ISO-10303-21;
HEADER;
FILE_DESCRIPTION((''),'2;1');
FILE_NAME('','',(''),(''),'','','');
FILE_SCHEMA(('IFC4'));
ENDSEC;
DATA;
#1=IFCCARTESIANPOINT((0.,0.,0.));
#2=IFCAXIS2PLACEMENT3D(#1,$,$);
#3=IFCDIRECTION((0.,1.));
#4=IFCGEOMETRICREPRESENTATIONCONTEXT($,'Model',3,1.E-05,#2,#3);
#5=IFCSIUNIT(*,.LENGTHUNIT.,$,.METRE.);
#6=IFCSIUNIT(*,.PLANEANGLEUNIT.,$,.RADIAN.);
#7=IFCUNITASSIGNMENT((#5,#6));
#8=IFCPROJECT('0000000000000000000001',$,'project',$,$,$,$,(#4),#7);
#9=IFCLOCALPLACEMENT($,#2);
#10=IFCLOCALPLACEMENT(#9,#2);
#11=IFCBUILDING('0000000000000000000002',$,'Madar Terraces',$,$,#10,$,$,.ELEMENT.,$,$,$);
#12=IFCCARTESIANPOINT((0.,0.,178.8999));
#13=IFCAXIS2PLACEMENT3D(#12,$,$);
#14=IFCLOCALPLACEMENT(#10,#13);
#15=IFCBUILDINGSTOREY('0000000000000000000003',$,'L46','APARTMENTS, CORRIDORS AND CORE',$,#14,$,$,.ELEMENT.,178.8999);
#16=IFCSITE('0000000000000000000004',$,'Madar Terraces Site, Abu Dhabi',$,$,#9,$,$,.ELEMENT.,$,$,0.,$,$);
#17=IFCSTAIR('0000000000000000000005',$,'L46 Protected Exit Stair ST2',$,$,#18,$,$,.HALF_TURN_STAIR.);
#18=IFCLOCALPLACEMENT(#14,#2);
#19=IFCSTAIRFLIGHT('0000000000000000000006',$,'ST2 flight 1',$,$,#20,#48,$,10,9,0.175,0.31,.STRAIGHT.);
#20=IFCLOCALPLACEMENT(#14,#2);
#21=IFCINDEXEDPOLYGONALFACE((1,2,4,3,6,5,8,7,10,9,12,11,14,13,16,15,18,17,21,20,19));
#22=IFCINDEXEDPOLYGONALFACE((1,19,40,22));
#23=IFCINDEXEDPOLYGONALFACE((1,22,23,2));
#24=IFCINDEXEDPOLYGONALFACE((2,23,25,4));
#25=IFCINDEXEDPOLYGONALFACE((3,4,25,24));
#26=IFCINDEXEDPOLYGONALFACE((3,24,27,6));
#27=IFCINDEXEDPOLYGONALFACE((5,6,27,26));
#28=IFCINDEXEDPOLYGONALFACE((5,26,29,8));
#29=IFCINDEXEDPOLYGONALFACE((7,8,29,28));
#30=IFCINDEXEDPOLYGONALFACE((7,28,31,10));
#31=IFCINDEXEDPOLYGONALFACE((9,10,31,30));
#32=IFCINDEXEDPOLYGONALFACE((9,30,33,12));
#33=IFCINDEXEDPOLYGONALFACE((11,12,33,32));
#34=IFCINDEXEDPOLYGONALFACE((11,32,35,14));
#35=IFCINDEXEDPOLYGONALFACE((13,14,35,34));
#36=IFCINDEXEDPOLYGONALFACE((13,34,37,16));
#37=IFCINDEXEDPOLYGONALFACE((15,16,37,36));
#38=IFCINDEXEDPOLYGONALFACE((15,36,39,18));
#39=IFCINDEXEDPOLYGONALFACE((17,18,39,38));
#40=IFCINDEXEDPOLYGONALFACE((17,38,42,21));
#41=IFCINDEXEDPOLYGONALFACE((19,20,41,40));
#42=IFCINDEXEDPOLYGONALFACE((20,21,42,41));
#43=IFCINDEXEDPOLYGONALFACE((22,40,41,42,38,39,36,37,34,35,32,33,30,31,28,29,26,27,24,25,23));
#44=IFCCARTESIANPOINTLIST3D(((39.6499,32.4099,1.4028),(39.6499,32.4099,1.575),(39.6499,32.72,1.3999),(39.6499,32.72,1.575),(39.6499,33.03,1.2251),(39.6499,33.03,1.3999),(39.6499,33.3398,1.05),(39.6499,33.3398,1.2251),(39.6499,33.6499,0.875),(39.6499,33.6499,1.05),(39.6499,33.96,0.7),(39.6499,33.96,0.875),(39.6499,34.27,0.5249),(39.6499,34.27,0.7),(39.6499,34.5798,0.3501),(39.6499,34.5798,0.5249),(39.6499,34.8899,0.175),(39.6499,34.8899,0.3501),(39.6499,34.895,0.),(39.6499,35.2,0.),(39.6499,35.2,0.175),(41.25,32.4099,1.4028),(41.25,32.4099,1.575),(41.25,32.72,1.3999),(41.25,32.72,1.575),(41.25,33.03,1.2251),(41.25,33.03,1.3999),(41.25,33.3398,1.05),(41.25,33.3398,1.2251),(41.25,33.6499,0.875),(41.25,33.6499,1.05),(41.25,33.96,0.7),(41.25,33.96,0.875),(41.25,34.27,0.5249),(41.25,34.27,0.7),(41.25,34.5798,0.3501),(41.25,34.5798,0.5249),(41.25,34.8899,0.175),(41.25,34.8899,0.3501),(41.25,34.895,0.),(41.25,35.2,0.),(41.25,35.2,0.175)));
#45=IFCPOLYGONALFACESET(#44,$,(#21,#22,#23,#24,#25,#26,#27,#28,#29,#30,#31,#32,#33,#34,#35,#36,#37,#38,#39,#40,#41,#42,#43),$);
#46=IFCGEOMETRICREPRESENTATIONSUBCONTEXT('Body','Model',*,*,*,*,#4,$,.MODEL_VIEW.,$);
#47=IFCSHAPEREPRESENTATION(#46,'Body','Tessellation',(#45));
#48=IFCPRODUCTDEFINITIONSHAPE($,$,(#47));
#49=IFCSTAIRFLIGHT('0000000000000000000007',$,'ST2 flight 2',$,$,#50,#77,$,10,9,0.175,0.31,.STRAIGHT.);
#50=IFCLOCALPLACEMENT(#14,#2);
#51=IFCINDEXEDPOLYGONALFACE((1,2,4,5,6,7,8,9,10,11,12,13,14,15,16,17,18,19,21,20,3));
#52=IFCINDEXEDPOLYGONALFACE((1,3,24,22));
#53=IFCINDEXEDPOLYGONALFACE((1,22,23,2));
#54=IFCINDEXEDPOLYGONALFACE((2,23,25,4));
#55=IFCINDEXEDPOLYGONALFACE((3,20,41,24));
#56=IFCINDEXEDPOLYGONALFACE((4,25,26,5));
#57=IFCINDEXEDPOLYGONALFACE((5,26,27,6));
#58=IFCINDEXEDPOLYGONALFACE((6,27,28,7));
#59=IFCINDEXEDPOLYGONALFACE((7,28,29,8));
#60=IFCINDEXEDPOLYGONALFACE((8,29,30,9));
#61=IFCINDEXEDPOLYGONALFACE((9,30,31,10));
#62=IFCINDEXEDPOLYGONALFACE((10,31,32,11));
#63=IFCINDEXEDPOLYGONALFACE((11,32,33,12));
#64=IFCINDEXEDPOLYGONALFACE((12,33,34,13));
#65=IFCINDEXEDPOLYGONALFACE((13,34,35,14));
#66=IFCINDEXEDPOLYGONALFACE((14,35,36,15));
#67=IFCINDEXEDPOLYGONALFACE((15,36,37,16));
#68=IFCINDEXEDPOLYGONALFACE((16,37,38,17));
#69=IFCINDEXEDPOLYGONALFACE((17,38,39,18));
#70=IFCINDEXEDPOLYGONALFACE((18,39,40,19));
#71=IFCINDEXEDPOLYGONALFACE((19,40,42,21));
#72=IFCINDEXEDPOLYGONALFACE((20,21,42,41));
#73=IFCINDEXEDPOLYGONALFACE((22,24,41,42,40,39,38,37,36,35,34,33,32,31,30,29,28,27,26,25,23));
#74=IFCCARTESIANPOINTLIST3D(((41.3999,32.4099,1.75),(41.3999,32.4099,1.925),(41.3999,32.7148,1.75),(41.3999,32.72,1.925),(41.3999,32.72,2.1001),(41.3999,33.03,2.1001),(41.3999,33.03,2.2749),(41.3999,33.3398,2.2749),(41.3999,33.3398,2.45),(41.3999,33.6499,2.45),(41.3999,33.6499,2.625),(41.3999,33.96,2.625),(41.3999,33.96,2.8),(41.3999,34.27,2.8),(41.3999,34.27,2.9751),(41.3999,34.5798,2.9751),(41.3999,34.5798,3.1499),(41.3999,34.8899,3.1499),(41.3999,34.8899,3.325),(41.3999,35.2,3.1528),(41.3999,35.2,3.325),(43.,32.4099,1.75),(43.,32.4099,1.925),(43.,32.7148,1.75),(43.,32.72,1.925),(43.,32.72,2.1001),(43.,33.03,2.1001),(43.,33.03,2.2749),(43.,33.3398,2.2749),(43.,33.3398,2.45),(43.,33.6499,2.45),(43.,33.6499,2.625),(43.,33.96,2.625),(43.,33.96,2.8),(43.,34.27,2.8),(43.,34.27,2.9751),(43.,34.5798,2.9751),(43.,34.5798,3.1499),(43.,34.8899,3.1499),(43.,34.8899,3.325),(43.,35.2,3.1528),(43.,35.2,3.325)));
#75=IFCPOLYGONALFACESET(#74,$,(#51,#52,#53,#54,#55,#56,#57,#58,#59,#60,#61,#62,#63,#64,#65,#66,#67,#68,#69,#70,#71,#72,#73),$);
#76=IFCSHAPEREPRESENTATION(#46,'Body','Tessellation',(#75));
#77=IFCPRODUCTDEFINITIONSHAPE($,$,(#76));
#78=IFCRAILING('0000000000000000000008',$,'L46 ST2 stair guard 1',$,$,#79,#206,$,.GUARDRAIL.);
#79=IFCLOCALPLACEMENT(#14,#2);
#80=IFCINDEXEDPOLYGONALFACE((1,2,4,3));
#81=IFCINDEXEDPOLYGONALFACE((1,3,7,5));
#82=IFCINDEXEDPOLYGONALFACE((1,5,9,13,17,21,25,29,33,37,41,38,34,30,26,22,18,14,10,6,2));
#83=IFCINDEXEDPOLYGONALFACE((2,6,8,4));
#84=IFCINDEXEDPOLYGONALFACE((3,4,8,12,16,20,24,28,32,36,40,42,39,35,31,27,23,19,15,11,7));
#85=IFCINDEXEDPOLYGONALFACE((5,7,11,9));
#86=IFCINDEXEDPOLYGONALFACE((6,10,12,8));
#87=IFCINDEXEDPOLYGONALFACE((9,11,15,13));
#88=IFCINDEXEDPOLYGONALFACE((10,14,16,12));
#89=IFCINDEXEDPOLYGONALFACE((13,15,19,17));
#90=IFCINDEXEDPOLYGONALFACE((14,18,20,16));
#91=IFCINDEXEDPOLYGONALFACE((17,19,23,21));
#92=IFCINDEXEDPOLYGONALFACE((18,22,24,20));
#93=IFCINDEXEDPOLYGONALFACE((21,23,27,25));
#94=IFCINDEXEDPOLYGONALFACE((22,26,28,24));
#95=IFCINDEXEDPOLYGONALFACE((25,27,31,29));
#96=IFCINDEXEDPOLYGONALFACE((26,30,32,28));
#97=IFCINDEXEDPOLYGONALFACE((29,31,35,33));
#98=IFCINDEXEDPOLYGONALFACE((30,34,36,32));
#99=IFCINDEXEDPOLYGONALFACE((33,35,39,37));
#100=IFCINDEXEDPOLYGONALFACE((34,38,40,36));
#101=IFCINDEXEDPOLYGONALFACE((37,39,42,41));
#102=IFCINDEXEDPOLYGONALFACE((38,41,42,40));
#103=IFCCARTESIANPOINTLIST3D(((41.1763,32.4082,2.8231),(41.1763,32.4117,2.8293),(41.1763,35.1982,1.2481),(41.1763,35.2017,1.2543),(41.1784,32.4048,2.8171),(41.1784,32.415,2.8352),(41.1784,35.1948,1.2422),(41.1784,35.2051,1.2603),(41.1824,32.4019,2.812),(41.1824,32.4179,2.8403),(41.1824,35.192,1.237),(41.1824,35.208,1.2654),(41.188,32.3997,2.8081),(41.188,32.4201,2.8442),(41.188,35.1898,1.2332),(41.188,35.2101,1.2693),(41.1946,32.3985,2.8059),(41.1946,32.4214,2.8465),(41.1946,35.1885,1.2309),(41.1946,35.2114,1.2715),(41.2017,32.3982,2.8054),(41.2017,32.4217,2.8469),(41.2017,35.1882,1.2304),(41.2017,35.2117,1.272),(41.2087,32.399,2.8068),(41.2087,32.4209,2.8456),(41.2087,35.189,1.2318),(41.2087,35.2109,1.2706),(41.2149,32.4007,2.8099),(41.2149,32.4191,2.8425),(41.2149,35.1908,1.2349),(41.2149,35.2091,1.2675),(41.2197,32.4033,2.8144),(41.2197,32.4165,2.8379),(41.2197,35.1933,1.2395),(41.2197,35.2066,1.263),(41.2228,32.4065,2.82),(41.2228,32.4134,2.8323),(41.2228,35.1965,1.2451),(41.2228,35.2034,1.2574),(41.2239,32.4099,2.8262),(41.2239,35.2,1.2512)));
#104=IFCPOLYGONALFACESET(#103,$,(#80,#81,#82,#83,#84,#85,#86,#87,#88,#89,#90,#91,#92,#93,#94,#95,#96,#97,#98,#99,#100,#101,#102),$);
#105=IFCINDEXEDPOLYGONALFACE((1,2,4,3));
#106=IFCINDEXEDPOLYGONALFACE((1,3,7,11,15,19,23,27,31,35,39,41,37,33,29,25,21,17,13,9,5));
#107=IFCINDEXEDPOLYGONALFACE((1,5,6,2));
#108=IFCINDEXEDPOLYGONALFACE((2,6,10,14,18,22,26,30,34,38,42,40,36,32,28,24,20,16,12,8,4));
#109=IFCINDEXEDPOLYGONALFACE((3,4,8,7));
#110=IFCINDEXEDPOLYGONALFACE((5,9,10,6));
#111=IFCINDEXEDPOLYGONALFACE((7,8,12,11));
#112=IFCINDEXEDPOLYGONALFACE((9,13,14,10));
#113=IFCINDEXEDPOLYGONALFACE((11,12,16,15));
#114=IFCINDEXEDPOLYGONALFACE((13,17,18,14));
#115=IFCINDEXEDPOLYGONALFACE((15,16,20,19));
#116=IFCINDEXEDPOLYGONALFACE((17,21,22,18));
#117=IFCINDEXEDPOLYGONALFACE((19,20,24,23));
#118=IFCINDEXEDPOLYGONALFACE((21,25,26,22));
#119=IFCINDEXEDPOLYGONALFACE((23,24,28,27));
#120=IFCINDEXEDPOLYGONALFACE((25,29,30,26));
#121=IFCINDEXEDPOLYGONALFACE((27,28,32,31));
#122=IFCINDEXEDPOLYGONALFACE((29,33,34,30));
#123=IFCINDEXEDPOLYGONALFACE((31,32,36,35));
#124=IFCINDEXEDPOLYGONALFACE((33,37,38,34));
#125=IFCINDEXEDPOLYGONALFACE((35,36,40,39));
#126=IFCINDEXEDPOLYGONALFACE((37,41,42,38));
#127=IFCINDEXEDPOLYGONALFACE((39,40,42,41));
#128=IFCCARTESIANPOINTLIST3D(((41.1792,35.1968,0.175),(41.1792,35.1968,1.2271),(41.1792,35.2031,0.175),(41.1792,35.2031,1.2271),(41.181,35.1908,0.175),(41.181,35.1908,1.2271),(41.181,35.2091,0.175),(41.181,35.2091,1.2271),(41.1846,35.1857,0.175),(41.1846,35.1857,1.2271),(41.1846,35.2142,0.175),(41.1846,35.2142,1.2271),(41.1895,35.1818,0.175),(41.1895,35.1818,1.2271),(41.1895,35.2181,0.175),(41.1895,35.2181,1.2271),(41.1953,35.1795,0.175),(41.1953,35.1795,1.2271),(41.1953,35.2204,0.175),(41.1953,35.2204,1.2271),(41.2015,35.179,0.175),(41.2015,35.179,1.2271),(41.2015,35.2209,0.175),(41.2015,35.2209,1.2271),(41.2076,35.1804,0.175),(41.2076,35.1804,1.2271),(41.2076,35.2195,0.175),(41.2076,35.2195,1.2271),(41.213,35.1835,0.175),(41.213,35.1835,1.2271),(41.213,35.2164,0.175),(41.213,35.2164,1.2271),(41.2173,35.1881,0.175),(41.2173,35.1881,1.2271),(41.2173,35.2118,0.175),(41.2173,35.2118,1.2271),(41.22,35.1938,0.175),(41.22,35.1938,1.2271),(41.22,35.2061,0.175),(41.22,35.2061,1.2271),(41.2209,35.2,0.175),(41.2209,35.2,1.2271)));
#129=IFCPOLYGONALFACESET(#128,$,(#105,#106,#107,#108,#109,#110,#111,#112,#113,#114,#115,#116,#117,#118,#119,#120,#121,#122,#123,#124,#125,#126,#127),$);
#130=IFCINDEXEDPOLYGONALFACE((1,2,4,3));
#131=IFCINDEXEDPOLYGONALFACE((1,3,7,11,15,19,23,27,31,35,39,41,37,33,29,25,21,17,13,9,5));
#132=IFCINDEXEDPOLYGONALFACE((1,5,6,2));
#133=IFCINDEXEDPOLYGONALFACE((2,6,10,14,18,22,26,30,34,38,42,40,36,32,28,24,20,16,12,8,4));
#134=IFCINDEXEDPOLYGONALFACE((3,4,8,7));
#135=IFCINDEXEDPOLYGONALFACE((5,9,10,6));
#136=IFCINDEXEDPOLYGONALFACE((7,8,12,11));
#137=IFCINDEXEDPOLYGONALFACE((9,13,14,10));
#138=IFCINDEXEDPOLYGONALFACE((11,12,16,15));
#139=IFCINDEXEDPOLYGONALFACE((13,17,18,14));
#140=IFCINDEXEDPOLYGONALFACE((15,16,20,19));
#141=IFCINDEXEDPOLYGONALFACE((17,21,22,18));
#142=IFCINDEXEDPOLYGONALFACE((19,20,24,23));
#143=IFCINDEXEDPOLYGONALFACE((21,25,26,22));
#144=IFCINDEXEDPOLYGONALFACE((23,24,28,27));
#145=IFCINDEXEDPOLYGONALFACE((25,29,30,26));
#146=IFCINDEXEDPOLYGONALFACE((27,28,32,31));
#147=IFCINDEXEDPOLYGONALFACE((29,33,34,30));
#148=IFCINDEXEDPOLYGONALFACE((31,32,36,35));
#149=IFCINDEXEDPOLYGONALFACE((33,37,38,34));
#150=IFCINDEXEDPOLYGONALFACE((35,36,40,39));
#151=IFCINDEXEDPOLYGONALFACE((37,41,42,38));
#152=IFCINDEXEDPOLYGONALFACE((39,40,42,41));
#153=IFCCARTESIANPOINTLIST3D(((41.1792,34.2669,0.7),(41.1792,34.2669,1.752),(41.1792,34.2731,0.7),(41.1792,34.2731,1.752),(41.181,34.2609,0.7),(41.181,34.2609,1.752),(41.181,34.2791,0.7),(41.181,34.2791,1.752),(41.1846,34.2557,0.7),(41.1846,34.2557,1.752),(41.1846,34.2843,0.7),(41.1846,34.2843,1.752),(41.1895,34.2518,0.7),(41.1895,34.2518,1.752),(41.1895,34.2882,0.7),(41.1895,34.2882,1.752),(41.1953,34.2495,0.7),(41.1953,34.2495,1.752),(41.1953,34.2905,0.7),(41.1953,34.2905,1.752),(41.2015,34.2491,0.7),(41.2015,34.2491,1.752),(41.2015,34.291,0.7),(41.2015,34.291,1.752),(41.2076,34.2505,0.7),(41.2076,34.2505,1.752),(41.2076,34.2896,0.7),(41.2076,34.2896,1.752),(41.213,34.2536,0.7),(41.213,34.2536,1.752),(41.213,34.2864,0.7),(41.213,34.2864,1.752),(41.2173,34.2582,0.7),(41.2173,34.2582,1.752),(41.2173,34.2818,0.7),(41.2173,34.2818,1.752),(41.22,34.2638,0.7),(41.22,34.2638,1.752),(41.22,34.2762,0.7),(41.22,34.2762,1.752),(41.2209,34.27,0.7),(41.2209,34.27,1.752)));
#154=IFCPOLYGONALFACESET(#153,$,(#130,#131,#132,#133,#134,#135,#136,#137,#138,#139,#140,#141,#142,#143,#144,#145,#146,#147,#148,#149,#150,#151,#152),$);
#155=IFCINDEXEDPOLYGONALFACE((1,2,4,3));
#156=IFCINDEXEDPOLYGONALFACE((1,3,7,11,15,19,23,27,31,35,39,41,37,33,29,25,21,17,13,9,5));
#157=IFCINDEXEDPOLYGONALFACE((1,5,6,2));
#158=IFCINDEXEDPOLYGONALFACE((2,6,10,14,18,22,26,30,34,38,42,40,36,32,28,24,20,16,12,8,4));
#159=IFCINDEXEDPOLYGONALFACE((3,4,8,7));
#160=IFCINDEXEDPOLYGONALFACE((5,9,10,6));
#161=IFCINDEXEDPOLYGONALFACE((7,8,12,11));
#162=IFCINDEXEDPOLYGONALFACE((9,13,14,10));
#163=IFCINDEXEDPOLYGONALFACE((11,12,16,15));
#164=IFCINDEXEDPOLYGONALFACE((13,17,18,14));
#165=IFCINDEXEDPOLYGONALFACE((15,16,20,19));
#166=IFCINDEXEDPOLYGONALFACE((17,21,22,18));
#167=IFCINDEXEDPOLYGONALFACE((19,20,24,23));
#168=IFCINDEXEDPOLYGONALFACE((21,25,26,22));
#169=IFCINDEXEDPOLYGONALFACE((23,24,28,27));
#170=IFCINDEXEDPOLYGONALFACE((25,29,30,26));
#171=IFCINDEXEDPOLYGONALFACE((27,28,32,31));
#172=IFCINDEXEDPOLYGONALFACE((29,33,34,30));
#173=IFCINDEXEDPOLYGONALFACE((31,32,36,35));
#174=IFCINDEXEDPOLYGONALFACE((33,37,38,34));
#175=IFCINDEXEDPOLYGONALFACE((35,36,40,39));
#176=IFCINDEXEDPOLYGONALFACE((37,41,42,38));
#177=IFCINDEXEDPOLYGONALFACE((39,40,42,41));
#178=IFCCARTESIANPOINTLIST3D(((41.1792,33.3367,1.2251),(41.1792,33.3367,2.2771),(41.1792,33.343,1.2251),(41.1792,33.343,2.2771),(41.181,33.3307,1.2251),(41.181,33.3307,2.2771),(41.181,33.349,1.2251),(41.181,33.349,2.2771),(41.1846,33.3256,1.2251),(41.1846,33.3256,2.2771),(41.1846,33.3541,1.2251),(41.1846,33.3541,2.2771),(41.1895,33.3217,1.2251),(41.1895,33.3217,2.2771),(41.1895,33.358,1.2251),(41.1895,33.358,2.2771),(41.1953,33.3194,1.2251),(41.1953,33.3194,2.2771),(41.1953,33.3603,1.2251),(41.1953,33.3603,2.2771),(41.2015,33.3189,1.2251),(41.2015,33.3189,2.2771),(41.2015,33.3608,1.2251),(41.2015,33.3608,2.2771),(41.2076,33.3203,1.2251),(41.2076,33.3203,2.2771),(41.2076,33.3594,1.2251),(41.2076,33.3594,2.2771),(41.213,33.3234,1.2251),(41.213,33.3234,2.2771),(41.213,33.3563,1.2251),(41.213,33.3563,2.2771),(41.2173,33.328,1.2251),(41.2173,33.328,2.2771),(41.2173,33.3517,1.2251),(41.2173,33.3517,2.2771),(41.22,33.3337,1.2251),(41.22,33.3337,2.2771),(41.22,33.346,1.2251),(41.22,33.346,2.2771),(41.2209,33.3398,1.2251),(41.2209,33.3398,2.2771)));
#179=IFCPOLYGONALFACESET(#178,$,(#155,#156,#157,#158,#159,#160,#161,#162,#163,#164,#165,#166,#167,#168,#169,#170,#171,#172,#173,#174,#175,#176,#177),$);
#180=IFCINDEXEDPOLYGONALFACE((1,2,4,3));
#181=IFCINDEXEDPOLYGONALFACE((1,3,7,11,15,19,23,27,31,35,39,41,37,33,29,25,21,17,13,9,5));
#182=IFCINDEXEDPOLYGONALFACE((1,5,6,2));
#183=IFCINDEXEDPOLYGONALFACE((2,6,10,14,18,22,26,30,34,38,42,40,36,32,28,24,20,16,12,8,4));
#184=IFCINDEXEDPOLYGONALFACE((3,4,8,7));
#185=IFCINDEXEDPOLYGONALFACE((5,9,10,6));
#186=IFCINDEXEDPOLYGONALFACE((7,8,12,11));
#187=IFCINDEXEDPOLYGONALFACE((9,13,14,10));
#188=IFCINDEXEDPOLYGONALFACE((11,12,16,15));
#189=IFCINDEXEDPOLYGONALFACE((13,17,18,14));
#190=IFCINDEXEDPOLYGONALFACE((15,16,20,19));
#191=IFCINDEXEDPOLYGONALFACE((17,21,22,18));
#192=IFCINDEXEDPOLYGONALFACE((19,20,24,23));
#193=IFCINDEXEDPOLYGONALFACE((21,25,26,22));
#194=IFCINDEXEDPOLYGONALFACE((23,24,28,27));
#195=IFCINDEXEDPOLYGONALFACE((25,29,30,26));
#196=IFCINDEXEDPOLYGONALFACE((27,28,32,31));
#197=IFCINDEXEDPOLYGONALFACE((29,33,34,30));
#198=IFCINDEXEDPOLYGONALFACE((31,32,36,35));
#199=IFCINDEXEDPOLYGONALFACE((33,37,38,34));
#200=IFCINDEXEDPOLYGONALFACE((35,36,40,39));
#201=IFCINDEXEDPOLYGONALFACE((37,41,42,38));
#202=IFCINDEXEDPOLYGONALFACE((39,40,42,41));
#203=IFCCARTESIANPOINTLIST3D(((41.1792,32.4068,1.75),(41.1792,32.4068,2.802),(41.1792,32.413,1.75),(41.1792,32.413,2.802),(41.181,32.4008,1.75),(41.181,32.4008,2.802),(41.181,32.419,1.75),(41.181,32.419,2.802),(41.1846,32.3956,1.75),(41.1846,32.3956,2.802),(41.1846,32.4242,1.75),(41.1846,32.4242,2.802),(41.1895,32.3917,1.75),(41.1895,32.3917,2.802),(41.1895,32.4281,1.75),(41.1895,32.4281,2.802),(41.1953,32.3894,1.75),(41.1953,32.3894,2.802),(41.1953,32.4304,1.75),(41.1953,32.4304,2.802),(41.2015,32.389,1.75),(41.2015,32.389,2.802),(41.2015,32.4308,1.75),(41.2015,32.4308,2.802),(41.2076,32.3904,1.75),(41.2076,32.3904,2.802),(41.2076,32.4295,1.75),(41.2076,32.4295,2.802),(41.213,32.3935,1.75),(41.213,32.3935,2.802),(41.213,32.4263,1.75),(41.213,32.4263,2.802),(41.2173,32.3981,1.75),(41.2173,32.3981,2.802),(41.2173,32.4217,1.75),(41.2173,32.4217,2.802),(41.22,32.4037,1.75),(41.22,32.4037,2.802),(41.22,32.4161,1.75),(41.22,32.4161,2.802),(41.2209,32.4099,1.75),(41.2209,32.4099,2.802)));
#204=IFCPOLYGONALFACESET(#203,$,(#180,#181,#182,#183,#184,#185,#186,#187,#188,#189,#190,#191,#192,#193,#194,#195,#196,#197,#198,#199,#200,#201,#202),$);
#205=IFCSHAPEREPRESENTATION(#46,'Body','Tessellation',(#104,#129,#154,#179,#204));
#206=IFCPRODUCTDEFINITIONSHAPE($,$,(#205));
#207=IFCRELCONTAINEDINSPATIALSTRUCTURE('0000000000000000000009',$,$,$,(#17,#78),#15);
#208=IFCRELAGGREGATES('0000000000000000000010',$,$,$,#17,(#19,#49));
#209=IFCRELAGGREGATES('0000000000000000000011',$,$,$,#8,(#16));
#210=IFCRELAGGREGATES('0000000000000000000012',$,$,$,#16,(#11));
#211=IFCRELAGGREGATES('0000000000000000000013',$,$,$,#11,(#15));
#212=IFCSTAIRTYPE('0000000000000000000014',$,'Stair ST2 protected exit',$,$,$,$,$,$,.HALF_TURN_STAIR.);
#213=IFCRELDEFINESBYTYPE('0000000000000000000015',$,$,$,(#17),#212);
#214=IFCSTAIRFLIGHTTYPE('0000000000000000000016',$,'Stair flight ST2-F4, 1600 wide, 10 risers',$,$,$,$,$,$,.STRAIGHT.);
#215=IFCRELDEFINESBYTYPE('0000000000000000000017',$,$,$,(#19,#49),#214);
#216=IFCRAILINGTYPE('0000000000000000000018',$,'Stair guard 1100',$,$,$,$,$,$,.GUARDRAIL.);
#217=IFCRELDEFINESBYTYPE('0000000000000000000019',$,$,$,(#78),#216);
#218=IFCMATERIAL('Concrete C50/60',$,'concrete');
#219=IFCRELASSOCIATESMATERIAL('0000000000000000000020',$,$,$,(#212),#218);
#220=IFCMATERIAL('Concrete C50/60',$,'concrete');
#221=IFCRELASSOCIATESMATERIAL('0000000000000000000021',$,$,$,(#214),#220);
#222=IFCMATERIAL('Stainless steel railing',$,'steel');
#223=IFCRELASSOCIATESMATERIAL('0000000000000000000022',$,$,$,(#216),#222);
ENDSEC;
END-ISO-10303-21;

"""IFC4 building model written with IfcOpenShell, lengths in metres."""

from ifc_helpers import new_model, si_unit, direction, frame, origin, origin_2d, place, context, subcontext, project, spatial, polyline, circle, outline, extrude, material, type_object, element, aggregate, save


model = new_model("IFC4")

# Units and contexts
model_context = context("Model", 3, precision=1e-05, world=origin(), true_north=direction((0.0, 1.0)))
body_context = subcontext(model_context, "Body", "Model", "MODEL_VIEW")
ifc_project = project(units=[si_unit("LENGTHUNIT", "METRE"), si_unit("PLANEANGLEUNIT", "RADIAN")], contexts=[model_context])

# Site, building, storey
site_placement = place(None, origin())
site = spatial("IfcSite", under=ifc_project, at=site_placement, Name="Madar Terraces Site, Abu Dhabi", CompositionType="ELEMENT", RefElevation=0.0)
building_placement = place(site_placement, origin())
building = spatial("IfcBuilding", under=site, at=building_placement, Name="Madar Terraces", CompositionType="ELEMENT")
storey_placement = place(building_placement, frame((0.0, 0.0, 178.8999)))
storey = spatial("IfcBuildingStorey", under=building, at=storey_placement, Name="L46", Description="APARTMENTS, CORRIDORS AND CORE", CompositionType="ELEMENT", Elevation=178.8999)

# Stair, stair flights
ifc_material_1 = material(Name="Concrete C50/60", Category="concrete")
stair_type = type_object("IfcStairType", Name="Stair ST2 protected exit", PredefinedType="HALF_TURN_STAIR", material=ifc_material_1)
stair_placement = place(storey_placement, origin())
stair = element("IfcStair", 1, at=stair_placement, inside=storey, type_object=stair_type, Name="L46 Protected Exit Stair ST2", PredefinedType="HALF_TURN_STAIR")
ifc_material_2 = material(Name="Concrete C50/60", Category="concrete")
stair_flight_type = type_object("IfcStairFlightType", Name="Stair flight ST2-F4, 1600 wide, 10 risers", PredefinedType="STRAIGHT", material=ifc_material_2)
stair_flight_1_placement = place(storey_placement, frame((40.45, 35.2, 0.0), z_axis=(0.0, 0.0, 1.0), x_axis=(0.0, -1.0, 0.0)))
stair_flight_1 = element("IfcStairFlight", 2, at=stair_flight_1_placement, type_object=stair_flight_type, Name="ST2 flight 1", NumberOfRisers=10, NumberOfTreads=9, PredefinedType="STRAIGHT", RiserHeight=0.175, TreadLength=0.31, context=body_context, shape_type="SweptSolid", body=[
    extrude(outline(polyline([(0.0, 0.0), (0.0, 0.175), (0.3101, 0.175), (0.3101, 0.3501), (0.6201, 0.3501), (0.6201, 0.5249), (0.9299, 0.5249), (0.9299, 0.7), (1.24, 0.7), (1.24, 0.875), (1.55, 0.875), (1.55, 1.05), (1.8601, 1.05), (1.8601, 1.2251), (2.1699, 1.2251), (2.1699, 1.3999), (2.48, 1.3999), (2.48, 1.575), (2.79, 1.575), (2.79, 1.75), (2.79, 1.4028), (0.3049, 0.0), (0.0, 0.0)])), frame((0.0, 0.8, 0.0), z_axis=(0.0, -1.0, 0.0), x_axis=(1.0, 0.0, 0.0)), (0.0, 0.0, 1.0), 1.6001),
])
stair_flight_2_placement = place(storey_placement, frame((42.2, 32.4099, 1.75), z_axis=(0.0, 0.0, 1.0), x_axis=(0.0, 1.0, 0.0)))
stair_flight_2 = element("IfcStairFlight", 3, at=stair_flight_2_placement, type_object=stair_flight_type, Name="ST2 flight 2", NumberOfRisers=10, NumberOfTreads=9, PredefinedType="STRAIGHT", RiserHeight=0.175, TreadLength=0.31, context=body_context, shape_type="SweptSolid", body=[
    extrude(outline(polyline([(0.0, 0.0), (0.0, 0.175), (0.3101, 0.175), (0.3101, 0.3501), (0.6201, 0.3501), (0.6201, 0.5249), (0.9299, 0.5249), (0.9299, 0.7), (1.24, 0.7), (1.24, 0.875), (1.55, 0.875), (1.55, 1.05), (1.8601, 1.05), (1.8601, 1.2251), (2.1699, 1.2251), (2.1699, 1.3999), (2.48, 1.3999), (2.48, 1.575), (2.79, 1.575), (2.79, 1.75), (2.79, 1.4028), (0.3049, 0.0), (0.0, 0.0)])), frame((0.0, 0.8, 0.0), z_axis=(0.0, -1.0, 0.0), x_axis=(1.0, 0.0, 0.0)), (0.0, 0.0, 1.0), 1.6001),
])
aggregate(stair, [stair_flight_1, stair_flight_2])

# Railing
ifc_material_3 = material(Name="Stainless steel railing", Category="steel")
railing_type_1 = type_object("IfcRailingType", Name="Stair guard 1100", PredefinedType="GUARDRAIL", material=ifc_material_3)
railing_1_placement = place(storey_placement, frame((41.2, 35.2, 0.175)))
element("IfcRailing", 4, at=railing_1_placement, inside=storey, type_object=railing_type_1, Name="L46 ST2 stair guard 1", PredefinedType="GUARDRAIL", context=body_context, shape_type="SweptSolid", body=[
    extrude(circle(Radius=0.0239, at=origin_2d()), frame((0.0, 0.0, 1.0762), z_axis=(0.0, -0.870834, 0.491578), x_axis=(1.0, 0.0, 0.0)), (0.0, 0.0, 1.0), 3.2039),
    extrude(circle(Radius=0.021, at=origin_2d()), origin(), (0.0, 0.0, 1.0), 1.052),
    extrude(circle(Radius=0.021, at=origin_2d()), frame((0.0, -0.9299, 0.5249)), (0.0, 0.0, 1.0), 1.052),
    extrude(circle(Radius=0.021, at=origin_2d()), frame((0.0, -1.8601, 1.05)), (0.0, 0.0, 1.0), 1.052),
    extrude(circle(Radius=0.021, at=origin_2d()), frame((0.0, -2.79, 1.575)), (0.0, 0.0, 1.0), 1.052),
])

save(model, "model.ifc")
